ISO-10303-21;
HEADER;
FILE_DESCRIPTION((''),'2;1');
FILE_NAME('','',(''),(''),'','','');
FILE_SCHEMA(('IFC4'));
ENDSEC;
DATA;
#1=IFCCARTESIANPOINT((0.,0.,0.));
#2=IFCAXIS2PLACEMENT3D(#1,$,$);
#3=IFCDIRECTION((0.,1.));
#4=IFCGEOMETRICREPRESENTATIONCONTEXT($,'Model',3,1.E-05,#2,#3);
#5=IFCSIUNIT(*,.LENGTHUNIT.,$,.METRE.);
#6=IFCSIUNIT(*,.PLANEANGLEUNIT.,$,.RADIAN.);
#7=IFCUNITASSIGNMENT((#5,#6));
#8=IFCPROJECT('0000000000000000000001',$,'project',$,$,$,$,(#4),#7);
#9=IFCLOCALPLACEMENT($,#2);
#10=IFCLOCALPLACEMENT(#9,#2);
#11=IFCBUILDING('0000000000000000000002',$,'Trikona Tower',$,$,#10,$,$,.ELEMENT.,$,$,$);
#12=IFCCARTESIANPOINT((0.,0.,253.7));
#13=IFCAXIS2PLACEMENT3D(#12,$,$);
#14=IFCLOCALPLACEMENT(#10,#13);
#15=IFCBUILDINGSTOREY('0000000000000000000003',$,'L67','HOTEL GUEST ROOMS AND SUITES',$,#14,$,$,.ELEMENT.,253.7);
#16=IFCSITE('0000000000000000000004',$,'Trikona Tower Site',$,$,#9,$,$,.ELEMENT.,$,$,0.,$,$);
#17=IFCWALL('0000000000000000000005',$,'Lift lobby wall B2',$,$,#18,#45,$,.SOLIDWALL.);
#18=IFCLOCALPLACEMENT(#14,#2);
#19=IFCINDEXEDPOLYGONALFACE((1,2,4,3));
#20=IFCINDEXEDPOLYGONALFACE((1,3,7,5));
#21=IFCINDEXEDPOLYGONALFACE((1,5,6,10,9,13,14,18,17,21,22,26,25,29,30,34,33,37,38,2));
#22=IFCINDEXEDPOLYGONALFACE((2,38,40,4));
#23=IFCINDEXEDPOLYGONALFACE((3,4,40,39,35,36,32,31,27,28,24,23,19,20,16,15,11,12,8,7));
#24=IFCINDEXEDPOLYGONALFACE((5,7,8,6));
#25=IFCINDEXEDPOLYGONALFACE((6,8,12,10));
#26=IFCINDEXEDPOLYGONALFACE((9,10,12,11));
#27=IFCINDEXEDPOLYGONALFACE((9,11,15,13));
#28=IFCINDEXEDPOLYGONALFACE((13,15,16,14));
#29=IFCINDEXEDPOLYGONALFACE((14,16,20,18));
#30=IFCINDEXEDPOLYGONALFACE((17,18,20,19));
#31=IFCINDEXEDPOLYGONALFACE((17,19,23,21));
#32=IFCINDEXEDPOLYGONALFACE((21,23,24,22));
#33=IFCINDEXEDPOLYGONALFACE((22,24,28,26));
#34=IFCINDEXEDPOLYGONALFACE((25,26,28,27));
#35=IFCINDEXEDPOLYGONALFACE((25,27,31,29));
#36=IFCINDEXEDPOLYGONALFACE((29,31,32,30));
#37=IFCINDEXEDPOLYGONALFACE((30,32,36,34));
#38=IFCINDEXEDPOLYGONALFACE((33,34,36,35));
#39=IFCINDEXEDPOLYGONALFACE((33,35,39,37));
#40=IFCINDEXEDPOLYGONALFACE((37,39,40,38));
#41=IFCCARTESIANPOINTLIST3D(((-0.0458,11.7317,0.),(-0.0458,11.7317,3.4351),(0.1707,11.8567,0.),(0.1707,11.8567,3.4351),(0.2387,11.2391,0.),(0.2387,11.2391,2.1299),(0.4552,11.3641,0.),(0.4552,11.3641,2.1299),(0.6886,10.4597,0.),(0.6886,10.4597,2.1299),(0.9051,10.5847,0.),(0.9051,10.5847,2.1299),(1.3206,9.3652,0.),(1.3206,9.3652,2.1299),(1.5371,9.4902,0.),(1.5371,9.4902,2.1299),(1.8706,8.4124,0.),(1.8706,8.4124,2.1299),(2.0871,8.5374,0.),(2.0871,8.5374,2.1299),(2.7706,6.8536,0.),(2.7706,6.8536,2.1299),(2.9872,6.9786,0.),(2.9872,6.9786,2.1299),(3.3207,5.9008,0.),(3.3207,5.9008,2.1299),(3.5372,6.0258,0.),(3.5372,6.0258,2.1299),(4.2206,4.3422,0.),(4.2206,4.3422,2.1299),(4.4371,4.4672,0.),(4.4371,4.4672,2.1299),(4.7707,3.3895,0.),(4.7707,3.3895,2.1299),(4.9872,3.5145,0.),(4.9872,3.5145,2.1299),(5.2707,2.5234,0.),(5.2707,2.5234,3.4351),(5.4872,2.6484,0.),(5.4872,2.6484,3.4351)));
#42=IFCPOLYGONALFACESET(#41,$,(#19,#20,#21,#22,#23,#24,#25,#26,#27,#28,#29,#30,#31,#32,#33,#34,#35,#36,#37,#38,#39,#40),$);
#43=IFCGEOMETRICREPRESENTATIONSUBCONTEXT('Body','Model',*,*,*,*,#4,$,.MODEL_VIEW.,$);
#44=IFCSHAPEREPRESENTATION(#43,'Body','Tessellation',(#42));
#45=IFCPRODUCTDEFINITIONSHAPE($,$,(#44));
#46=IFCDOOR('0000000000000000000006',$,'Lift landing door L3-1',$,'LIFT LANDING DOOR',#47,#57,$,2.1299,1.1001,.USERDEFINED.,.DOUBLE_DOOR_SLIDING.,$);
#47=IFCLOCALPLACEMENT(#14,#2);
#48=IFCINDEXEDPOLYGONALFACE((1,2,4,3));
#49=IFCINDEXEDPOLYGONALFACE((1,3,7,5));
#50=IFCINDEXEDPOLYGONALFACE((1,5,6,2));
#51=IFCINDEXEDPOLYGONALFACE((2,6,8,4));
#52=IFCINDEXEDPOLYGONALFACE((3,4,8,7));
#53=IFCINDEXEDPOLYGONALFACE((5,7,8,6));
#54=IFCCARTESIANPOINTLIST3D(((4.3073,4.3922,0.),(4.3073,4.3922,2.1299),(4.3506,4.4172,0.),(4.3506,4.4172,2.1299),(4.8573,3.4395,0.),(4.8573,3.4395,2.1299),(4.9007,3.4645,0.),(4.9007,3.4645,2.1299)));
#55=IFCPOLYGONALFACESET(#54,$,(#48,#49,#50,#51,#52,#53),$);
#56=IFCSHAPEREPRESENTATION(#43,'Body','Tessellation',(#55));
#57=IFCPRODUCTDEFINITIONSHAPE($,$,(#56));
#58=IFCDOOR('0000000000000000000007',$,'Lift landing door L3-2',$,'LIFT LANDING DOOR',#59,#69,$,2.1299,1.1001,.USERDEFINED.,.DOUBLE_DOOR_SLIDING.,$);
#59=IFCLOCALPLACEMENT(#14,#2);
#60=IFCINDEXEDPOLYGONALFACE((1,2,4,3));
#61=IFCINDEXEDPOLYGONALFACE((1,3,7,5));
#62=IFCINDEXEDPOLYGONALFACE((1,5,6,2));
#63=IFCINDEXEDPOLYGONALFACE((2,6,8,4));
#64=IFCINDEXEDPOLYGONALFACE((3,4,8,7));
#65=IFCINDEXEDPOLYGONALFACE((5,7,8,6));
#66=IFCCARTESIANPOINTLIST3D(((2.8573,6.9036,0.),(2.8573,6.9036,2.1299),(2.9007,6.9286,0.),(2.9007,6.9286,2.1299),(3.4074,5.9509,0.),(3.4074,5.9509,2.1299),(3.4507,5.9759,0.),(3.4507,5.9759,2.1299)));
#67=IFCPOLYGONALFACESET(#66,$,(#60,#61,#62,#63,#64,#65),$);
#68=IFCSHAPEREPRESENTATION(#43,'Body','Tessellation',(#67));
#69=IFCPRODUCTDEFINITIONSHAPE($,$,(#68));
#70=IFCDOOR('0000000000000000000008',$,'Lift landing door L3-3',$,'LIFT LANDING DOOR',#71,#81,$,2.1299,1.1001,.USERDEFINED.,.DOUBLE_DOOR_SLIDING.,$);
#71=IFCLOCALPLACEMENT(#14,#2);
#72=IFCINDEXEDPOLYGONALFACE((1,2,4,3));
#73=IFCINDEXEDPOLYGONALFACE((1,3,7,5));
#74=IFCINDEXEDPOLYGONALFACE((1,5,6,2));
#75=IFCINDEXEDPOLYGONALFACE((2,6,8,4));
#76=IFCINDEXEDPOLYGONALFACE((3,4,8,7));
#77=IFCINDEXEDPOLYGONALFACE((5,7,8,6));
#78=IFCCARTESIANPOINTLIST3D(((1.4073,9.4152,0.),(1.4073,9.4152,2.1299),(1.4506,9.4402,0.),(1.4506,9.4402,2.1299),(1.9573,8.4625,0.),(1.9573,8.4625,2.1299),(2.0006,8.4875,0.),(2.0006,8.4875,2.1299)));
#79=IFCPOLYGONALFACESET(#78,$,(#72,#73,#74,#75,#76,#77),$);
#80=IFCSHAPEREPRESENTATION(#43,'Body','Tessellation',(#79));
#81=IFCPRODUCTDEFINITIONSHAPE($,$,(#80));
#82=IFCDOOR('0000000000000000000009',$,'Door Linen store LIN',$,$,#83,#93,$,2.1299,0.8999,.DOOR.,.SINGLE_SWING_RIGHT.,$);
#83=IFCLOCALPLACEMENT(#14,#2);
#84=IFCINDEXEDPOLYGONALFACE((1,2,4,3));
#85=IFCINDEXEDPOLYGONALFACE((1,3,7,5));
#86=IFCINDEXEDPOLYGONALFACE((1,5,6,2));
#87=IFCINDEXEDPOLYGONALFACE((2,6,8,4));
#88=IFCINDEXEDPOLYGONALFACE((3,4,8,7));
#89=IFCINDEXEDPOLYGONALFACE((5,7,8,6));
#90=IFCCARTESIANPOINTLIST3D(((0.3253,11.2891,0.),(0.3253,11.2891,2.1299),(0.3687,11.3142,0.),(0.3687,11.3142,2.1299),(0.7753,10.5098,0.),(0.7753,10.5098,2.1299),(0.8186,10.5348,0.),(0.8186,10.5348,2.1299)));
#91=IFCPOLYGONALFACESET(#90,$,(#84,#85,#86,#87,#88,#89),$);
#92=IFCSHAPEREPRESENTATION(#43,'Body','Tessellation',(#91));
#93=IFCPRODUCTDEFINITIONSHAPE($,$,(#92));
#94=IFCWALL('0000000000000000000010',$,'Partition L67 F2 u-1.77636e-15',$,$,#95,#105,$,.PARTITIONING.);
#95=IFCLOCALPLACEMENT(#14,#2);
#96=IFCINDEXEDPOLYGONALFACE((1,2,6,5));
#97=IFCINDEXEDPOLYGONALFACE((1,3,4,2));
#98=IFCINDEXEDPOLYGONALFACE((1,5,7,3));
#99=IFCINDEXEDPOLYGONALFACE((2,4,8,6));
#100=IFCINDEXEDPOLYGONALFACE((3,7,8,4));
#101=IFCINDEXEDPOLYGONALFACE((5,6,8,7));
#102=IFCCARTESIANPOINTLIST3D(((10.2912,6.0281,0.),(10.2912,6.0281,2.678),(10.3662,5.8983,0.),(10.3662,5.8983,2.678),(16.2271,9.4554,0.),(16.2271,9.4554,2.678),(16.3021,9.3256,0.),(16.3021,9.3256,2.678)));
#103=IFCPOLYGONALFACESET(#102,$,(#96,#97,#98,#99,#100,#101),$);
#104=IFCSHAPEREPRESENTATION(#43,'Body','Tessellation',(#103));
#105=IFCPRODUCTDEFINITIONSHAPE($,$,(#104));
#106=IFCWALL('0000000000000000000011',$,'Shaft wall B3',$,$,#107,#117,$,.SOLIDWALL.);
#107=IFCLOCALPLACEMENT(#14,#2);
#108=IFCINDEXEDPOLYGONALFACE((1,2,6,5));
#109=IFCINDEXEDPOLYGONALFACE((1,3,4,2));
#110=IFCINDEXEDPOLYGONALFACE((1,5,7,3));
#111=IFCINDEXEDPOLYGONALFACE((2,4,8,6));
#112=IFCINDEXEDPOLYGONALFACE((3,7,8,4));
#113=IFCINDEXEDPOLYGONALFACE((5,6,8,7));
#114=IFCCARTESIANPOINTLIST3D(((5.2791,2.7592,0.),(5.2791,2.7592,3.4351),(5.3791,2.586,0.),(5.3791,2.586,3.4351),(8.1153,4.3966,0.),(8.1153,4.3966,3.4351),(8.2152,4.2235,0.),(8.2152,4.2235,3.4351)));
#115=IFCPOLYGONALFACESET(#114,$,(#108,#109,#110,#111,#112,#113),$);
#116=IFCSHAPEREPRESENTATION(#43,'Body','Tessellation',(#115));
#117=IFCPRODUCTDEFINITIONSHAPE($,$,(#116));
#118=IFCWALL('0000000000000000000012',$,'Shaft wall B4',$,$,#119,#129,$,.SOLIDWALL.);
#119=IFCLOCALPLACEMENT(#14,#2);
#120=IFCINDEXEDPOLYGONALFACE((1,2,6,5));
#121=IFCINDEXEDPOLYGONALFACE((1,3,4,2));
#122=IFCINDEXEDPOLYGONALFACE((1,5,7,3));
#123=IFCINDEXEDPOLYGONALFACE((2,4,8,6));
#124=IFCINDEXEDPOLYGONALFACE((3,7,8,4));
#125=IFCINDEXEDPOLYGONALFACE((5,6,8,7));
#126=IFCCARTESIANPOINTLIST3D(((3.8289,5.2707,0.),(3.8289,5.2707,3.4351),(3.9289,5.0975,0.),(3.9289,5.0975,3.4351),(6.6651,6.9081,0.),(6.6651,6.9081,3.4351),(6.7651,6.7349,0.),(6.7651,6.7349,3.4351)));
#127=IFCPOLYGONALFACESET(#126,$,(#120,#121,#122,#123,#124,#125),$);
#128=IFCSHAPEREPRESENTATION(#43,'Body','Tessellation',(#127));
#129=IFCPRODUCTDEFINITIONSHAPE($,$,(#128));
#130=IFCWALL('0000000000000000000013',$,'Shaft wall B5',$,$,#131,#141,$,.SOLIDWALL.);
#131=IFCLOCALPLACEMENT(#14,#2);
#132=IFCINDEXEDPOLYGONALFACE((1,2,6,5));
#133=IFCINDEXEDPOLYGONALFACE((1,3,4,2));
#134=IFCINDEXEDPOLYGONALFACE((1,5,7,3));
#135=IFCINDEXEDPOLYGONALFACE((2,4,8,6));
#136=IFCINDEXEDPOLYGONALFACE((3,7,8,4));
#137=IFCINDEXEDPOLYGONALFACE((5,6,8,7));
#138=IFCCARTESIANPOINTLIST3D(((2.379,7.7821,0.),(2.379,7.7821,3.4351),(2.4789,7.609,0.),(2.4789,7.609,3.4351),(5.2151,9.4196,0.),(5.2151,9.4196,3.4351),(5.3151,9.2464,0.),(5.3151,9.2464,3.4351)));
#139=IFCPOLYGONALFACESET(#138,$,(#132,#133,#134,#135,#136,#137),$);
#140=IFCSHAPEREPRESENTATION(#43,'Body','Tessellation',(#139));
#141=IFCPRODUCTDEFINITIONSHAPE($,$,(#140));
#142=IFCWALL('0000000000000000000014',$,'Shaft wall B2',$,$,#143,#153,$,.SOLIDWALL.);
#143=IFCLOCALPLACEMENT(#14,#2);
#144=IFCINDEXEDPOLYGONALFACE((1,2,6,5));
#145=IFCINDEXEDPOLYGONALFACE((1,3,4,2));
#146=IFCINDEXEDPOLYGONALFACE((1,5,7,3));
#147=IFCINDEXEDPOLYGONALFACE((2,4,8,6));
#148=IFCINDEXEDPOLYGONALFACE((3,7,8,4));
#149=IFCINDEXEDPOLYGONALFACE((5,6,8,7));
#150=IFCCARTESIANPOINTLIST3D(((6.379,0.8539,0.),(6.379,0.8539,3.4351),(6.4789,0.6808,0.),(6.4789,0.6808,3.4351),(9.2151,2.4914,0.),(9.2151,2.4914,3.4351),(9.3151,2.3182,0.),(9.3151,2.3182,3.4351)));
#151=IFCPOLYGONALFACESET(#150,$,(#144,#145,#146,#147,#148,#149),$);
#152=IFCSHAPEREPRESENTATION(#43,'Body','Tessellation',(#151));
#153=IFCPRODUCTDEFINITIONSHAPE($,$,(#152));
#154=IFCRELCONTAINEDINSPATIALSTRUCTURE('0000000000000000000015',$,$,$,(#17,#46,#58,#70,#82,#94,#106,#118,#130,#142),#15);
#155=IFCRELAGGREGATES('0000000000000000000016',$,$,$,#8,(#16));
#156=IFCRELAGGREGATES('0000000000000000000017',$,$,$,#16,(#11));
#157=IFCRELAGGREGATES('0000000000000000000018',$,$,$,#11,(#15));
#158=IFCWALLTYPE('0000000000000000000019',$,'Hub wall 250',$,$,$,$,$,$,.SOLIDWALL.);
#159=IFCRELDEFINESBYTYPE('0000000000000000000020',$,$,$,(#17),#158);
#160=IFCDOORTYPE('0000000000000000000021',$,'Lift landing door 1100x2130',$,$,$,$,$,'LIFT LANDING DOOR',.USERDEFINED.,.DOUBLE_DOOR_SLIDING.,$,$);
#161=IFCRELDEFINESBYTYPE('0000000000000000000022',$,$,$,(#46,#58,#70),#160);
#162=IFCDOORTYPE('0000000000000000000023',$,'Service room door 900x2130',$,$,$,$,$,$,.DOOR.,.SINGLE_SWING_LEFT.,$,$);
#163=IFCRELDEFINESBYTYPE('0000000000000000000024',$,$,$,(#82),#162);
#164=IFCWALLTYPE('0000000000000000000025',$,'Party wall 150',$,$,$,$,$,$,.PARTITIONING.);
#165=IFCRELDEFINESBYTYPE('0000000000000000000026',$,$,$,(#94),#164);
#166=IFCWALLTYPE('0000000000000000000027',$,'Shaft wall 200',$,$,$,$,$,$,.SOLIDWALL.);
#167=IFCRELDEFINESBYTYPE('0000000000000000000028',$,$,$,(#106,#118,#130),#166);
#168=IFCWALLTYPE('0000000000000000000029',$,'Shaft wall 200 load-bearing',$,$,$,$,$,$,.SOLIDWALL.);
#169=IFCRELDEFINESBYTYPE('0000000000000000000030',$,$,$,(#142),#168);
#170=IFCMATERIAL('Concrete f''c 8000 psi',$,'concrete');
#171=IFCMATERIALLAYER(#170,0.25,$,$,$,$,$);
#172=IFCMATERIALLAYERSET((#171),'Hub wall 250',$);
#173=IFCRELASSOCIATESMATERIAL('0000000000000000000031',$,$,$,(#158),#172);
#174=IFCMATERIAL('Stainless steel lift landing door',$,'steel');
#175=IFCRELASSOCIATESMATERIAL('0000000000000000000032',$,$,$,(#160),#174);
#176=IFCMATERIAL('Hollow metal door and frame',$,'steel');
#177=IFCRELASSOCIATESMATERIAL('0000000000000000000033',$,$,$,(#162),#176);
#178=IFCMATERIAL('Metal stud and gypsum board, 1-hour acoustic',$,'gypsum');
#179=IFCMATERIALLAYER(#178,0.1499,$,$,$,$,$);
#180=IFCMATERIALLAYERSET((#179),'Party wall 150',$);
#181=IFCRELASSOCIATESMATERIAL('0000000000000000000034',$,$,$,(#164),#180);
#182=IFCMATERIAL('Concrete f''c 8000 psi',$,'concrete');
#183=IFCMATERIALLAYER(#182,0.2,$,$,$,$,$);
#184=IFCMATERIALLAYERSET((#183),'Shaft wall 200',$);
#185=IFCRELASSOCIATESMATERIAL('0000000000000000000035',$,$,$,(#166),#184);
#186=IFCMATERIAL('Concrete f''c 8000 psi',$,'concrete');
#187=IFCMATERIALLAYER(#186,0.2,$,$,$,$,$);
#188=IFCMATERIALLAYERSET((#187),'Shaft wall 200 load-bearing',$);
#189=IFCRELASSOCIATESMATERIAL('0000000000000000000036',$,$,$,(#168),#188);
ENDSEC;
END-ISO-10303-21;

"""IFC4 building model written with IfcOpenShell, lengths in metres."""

from ifc_helpers import new_model, si_unit, direction, frame, frame_2d, origin, place, context, subcontext, project, spatial, rectangle, extrude, material, layer, layer_set, type_object, element, fill, save


model = new_model("IFC4")

# Units and contexts
model_context = context("Model", 3, precision=1e-05, world=origin(), true_north=direction((0.0, 1.0)))
body_context = subcontext(model_context, "Body", "Model", "MODEL_VIEW")
ifc_project = project(units=[si_unit("LENGTHUNIT", "METRE"), si_unit("PLANEANGLEUNIT", "RADIAN")], contexts=[model_context])

# Site, building, storey
site_placement = place(None, origin())
site = spatial("IfcSite", under=ifc_project, at=site_placement, Name="Trikona Tower Site", CompositionType="ELEMENT", RefElevation=0.0)
building_placement = place(site_placement, origin())
building = spatial("IfcBuilding", under=site, at=building_placement, Name="Trikona Tower", CompositionType="ELEMENT")
storey_placement = place(building_placement, frame((0.0, 0.0, 253.7)))
storey = spatial("IfcBuildingStorey", under=building, at=storey_placement, Name="L67", Description="HOTEL GUEST ROOMS AND SUITES", CompositionType="ELEMENT", Elevation=253.7)

# Wall, openings, doors
ifc_material_1 = material(Name="Concrete f'c 8000 psi", Category="concrete")
ifc_layer_1 = layer(ifc_material_1, 0.25)
ifc_layer_set_1 = layer_set([ifc_layer_1], Name="Hub wall 250")
wall_type_1 = type_object("IfcWallType", Name="Hub wall 250", PredefinedType="SOLIDWALL", material=ifc_layer_set_1)
wall_1_placement = place(storey_placement, frame((5.3789, 2.5859, 0.0), z_axis=(0.0, 0.0, 1.0), x_axis=(-0.500001, 0.866025, 0.0)))
wall_1 = element("IfcWall", 1, at=wall_1_placement, inside=storey, type_object=wall_type_1, Name="Lift lobby wall B2", PredefinedType="SOLIDWALL", context=body_context, shape_type="SweptSolid", body=[
    extrude(rectangle(XDim=10.6328, YDim=0.25, at=frame_2d((5.3164, 0.0))), origin(), (0.0, 0.0, 1.0), 3.4351),
])
opening_1_placement = place(wall_1_placement, frame((9.1641, 0.0, 0.0)))
opening_1 = element("IfcOpeningElement", 2, at=opening_1_placement, cuts=wall_1, PredefinedType="OPENING", context=body_context, shape_type="SweptSolid", body=[
    extrude(rectangle(XDim=0.8999, YDim=2.1299, at=frame_2d((0.45, 1.0649))), frame((0.0, 0.135, 0.0), z_axis=(0.0, -1.0, 0.0), x_axis=(1.0, 0.0, 0.0)), (0.0, 0.0, 1.0), 0.27),
])
opening_2_placement = place(wall_1_placement, frame((1.0, 0.0, 0.0)))
opening_2 = element("IfcOpeningElement", 3, at=opening_2_placement, cuts=wall_1, PredefinedType="OPENING", context=body_context, shape_type="SweptSolid", body=[
    extrude(rectangle(XDim=1.1001, YDim=2.1299, at=frame_2d((0.55, 1.0649))), frame((0.0, 0.135, 0.0), z_axis=(0.0, -1.0, 0.0), x_axis=(1.0, 0.0, 0.0)), (0.0, 0.0, 1.0), 0.27),
])
opening_3_placement = place(wall_1_placement, frame((3.8999, 0.0, 0.0)))
opening_3 = element("IfcOpeningElement", 4, at=opening_3_placement, cuts=wall_1, PredefinedType="OPENING", context=body_context, shape_type="SweptSolid", body=[
    extrude(rectangle(XDim=1.1001, YDim=2.1299, at=frame_2d((0.55, 1.0649))), frame((0.0, 0.135, 0.0), z_axis=(0.0, -1.0, 0.0), x_axis=(1.0, 0.0, 0.0)), (0.0, 0.0, 1.0), 0.27),
])
opening_4_placement = place(wall_1_placement, frame((6.8, 0.0, 0.0)))
opening_4 = element("IfcOpeningElement", 5, at=opening_4_placement, cuts=wall_1, PredefinedType="OPENING", context=body_context, shape_type="SweptSolid", body=[
    extrude(rectangle(XDim=1.1001, YDim=2.1299, at=frame_2d((0.55, 1.0649))), frame((0.0, 0.135, 0.0), z_axis=(0.0, -1.0, 0.0), x_axis=(1.0, 0.0, 0.0)), (0.0, 0.0, 1.0), 0.27),
])
ifc_material_2 = material(Name="Stainless steel lift landing door", Category="steel")
door_type_1 = type_object("IfcDoorType", Name="Lift landing door 1100x2130", ElementType="LIFT LANDING DOOR", OperationType="DOUBLE_DOOR_SLIDING", PredefinedType="USERDEFINED", material=ifc_material_2)
door_1_placement = place(opening_2_placement, origin())
door_1 = element("IfcDoor", 6, at=door_1_placement, inside=storey, type_object=door_type_1, Name="Lift landing door L3-1", ObjectType="LIFT LANDING DOOR", OperationType="DOUBLE_DOOR_SLIDING", OverallHeight=2.1299, OverallWidth=1.1001, PredefinedType="USERDEFINED", context=body_context, shape_type="SweptSolid", body=[
    extrude(rectangle(XDim=1.1001, YDim=2.1299, at=frame_2d((0.55, 1.0649))), frame((0.0, 0.0249, 0.0), z_axis=(0.0, -1.0, 0.0), x_axis=(1.0, 0.0, 0.0)), (0.0, 0.0, 1.0), 0.05),
])
fill(opening_2, door_1)
door_2_placement = place(opening_3_placement, origin())
door_2 = element("IfcDoor", 7, at=door_2_placement, inside=storey, type_object=door_type_1, Name="Lift landing door L3-2", ObjectType="LIFT LANDING DOOR", OperationType="DOUBLE_DOOR_SLIDING", OverallHeight=2.1299, OverallWidth=1.1001, PredefinedType="USERDEFINED", context=body_context, shape_type="SweptSolid", body=[
    extrude(rectangle(XDim=1.1001, YDim=2.1299, at=frame_2d((0.55, 1.0649))), frame((0.0, 0.0249, 0.0), z_axis=(0.0, -1.0, 0.0), x_axis=(1.0, 0.0, 0.0)), (0.0, 0.0, 1.0), 0.05),
])
fill(opening_3, door_2)
door_3_placement = place(opening_4_placement, origin())
door_3 = element("IfcDoor", 8, at=door_3_placement, inside=storey, type_object=door_type_1, Name="Lift landing door L3-3", ObjectType="LIFT LANDING DOOR", OperationType="DOUBLE_DOOR_SLIDING", OverallHeight=2.1299, OverallWidth=1.1001, PredefinedType="USERDEFINED", context=body_context, shape_type="SweptSolid", body=[
    extrude(rectangle(XDim=1.1001, YDim=2.1299, at=frame_2d((0.55, 1.0649))), frame((0.0, 0.0249, 0.0), z_axis=(0.0, -1.0, 0.0), x_axis=(1.0, 0.0, 0.0)), (0.0, 0.0, 1.0), 0.05),
])
fill(opening_4, door_3)
ifc_material_3 = material(Name="Hollow metal door and frame", Category="steel")
door_type_2 = type_object("IfcDoorType", Name="Service room door 900x2130", OperationType="SINGLE_SWING_LEFT", PredefinedType="DOOR", material=ifc_material_3)
door_4_placement = place(opening_1_placement, origin())
door_4 = element("IfcDoor", 9, at=door_4_placement, inside=storey, type_object=door_type_2, Name="Door Linen store LIN", OperationType="SINGLE_SWING_RIGHT", OverallHeight=2.1299, OverallWidth=0.8999, PredefinedType="DOOR", context=body_context, shape_type="SweptSolid", body=[
    extrude(rectangle(XDim=0.8999, YDim=2.1299, at=frame_2d((0.45, 1.0649))), frame((0.0, 0.0249, 0.0), z_axis=(0.0, -1.0, 0.0), x_axis=(1.0, 0.0, 0.0)), (0.0, 0.0, 1.0), 0.05),
])
fill(opening_1, door_4)

# Walls
ifc_material_4 = material(Name="Metal stud and gypsum board, 1-hour acoustic", Category="gypsum")
ifc_layer_2 = layer(ifc_material_4, 0.1499)
ifc_layer_set_2 = layer_set([ifc_layer_2], Name="Party wall 150")
wall_type_2 = type_object("IfcWallType", Name="Party wall 150", PredefinedType="PARTITIONING", material=ifc_layer_set_2)
wall_2_placement = place(storey_placement, frame((10.3286, 5.9631, 0.0), z_axis=(0.0, 0.0, 1.0), x_axis=(0.866012, 0.500024, 0.0)))
element("IfcWall", 10, at=wall_2_placement, inside=storey, type_object=wall_type_2, Name="Partition L67 F2 u-1.77636e-15", PredefinedType="PARTITIONING", context=body_context, shape_type="SweptSolid", body=[
    extrude(rectangle(XDim=6.8542, YDim=0.1499, at=frame_2d((3.4272, 0.0))), origin(), (0.0, 0.0, 1.0), 2.678),
])
ifc_material_5 = material(Name="Concrete f'c 8000 psi", Category="concrete")
ifc_layer_3 = layer(ifc_material_5, 0.2)
ifc_layer_set_3 = layer_set([ifc_layer_3], Name="Shaft wall 200")
wall_type_3 = type_object("IfcWallType", Name="Shaft wall 200", PredefinedType="SOLIDWALL", material=ifc_layer_set_3)
for number, where, z_axis, x_axis, name in (
    (11, (5.3291, 2.6726, 0.0), (0.0, 0.0, 1.0), (0.866028, 0.499996, 0.0), "Shaft wall B3"),
    (12, (3.8789, 5.1841, 0.0), (0.0, 0.0, 1.0), (0.866028, 0.499996, 0.0), "Shaft wall B4"),
    (13, (2.429, 7.6956, 0.0), (0.0, 0.0, 1.0), (0.866028, 0.499996, 0.0), "Shaft wall B5"),
):
    element("IfcWall", number, at=place(storey_placement, frame(where, z_axis=z_axis, x_axis=x_axis)), inside=storey, type_object=wall_type_3, Name=name, PredefinedType="SOLIDWALL", context=body_context, shape_type="SweptSolid", body=[
        extrude(rectangle(XDim=3.2749, YDim=0.2, at=frame_2d((1.6375, 0.0))), origin(), (0.0, 0.0, 1.0), 3.4351),
    ])
ifc_material_6 = material(Name="Concrete f'c 8000 psi", Category="concrete")
ifc_layer_4 = layer(ifc_material_6, 0.2)
ifc_layer_set_4 = layer_set([ifc_layer_4], Name="Shaft wall 200 load-bearing")
wall_type_4 = type_object("IfcWallType", Name="Shaft wall 200 load-bearing", PredefinedType="SOLIDWALL", material=ifc_layer_set_4)
wall_3_placement = place(storey_placement, frame((6.429, 0.7673, 0.0), z_axis=(0.0, 0.0, 1.0), x_axis=(0.866028, 0.499996, 0.0)))
element("IfcWall", 14, at=wall_3_placement, inside=storey, type_object=wall_type_4, Name="Shaft wall B2", PredefinedType="SOLIDWALL", context=body_context, shape_type="SweptSolid", body=[
    extrude(rectangle(XDim=3.2749, YDim=0.2, at=frame_2d((1.6375, 0.0))), origin(), (0.0, 0.0, 1.0), 3.4351),
])

save(model, "model.ifc")
